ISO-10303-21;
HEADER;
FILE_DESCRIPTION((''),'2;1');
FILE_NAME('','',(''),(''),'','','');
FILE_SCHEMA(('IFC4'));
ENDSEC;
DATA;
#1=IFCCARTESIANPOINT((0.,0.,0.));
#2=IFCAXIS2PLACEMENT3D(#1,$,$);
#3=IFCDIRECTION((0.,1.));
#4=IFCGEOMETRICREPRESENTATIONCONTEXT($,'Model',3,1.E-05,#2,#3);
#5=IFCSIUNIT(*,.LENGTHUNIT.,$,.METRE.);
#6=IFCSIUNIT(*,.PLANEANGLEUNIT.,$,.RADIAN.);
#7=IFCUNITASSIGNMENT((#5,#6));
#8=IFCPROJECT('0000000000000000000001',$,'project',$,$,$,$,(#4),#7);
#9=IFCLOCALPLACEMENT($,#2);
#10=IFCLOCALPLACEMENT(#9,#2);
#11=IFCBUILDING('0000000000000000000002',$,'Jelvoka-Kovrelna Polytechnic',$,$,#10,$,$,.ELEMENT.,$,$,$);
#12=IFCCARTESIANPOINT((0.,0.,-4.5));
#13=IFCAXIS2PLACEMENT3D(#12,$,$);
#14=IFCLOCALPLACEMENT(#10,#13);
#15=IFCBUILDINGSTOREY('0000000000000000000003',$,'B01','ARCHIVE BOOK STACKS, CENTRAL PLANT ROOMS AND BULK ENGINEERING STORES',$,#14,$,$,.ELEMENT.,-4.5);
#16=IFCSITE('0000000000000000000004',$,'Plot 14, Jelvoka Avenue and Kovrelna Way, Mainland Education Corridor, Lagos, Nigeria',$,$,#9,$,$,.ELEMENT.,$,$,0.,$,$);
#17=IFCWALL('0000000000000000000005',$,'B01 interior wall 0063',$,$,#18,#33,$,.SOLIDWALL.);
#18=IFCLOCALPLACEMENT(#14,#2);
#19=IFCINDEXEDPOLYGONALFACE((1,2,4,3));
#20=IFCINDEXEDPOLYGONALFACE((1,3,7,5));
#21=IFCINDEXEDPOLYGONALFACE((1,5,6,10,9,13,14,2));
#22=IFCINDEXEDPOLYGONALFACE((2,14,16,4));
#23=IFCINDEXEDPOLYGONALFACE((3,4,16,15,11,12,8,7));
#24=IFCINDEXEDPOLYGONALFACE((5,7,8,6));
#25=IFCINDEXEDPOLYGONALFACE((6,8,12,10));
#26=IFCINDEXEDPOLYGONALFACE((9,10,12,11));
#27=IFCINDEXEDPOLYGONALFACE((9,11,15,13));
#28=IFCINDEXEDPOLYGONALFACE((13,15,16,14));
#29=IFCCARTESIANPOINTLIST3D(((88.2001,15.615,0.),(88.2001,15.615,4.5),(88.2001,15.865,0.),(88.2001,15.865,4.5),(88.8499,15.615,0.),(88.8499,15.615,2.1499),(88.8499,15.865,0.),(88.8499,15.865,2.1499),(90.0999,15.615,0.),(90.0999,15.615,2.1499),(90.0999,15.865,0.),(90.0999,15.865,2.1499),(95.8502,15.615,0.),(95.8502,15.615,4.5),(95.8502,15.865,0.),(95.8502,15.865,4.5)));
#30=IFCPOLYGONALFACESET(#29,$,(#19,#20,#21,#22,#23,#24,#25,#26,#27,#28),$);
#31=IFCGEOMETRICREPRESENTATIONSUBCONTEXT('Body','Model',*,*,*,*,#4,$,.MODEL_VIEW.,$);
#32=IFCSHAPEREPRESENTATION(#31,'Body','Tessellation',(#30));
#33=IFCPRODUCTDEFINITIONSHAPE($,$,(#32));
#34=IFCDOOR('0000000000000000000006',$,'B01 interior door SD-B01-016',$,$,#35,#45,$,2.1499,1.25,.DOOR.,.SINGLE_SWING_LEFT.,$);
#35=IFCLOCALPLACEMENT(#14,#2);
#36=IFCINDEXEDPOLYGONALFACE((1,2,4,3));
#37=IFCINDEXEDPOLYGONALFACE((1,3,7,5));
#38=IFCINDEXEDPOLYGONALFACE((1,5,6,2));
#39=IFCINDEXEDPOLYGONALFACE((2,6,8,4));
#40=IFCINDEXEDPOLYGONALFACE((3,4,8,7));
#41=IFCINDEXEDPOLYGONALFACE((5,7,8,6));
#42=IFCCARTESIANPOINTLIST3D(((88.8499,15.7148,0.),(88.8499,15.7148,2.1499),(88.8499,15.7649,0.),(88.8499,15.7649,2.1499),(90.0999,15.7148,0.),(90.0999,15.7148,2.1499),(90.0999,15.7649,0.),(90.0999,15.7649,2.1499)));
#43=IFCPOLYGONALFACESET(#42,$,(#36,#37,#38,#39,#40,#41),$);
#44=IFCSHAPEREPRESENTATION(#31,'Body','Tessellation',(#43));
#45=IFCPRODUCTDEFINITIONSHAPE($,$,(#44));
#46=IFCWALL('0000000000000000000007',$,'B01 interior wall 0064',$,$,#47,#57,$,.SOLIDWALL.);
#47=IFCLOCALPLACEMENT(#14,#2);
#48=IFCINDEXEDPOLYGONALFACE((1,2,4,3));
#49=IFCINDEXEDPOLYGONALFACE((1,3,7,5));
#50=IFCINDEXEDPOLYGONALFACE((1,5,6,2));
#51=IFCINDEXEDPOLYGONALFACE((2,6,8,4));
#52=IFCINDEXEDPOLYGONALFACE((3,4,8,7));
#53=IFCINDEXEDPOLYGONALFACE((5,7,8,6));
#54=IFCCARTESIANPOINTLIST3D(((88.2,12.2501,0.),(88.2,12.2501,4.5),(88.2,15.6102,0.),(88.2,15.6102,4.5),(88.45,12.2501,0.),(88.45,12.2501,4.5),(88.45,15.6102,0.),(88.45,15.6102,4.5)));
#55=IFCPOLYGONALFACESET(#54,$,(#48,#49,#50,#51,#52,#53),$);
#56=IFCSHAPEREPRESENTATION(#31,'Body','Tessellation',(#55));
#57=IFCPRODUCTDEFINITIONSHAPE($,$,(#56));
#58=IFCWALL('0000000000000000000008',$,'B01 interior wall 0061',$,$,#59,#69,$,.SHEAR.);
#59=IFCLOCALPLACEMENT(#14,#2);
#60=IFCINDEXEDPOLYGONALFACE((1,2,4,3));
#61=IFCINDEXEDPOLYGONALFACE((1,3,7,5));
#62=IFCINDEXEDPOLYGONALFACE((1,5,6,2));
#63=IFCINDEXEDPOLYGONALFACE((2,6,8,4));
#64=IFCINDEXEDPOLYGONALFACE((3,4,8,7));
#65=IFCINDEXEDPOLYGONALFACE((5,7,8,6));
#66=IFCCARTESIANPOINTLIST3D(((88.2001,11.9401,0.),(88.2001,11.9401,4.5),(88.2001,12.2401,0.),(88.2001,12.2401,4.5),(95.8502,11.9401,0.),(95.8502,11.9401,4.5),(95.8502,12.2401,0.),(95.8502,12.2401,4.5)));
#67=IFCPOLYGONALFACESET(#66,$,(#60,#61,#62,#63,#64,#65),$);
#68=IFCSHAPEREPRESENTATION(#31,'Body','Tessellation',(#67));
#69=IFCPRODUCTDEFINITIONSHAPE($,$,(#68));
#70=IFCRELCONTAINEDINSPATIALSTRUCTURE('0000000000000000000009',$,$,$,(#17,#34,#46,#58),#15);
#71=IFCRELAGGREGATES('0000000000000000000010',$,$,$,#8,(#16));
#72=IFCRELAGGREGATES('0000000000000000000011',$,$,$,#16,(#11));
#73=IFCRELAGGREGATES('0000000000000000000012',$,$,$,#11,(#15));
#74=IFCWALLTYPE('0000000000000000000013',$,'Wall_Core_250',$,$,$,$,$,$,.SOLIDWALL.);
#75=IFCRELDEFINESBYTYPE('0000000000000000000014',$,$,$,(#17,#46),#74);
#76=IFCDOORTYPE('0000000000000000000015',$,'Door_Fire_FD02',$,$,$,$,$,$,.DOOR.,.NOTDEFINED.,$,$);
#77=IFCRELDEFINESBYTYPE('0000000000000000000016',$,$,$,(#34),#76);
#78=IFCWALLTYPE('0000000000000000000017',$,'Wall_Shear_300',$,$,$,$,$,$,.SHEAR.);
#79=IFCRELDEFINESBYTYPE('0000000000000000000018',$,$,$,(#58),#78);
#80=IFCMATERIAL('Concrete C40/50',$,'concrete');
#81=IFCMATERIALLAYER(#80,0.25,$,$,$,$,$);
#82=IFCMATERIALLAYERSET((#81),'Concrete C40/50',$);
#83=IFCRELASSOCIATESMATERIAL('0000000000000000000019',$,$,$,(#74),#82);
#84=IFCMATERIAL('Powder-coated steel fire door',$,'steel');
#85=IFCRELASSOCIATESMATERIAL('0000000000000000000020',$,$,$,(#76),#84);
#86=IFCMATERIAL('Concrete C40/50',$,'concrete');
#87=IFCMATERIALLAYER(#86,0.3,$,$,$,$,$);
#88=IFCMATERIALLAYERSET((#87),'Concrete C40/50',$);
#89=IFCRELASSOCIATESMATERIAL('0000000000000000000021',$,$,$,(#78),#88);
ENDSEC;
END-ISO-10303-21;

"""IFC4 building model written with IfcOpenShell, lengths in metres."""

from ifc_helpers import new_model, si_unit, direction, frame, frame_2d, origin, place, context, subcontext, project, spatial, rectangle, extrude, material, layer, layer_set, type_object, element, fill, save


model = new_model("IFC4")

# Units and contexts
model_context = context("Model", 3, precision=1e-05, world=origin(), true_north=direction((0.0, 1.0)))
body_context = subcontext(model_context, "Body", "Model", "MODEL_VIEW")
ifc_project = project(units=[si_unit("LENGTHUNIT", "METRE"), si_unit("PLANEANGLEUNIT", "RADIAN")], contexts=[model_context])

# Site, building, storey
site_placement = place(None, origin())
site = spatial("IfcSite", under=ifc_project, at=site_placement, Name="Plot 14, Jelvoka Avenue and Kovrelna Way, Mainland Education Corridor, Lagos, Nigeria", CompositionType="ELEMENT", RefElevation=0.0)
building_placement = place(site_placement, origin())
building = spatial("IfcBuilding", under=site, at=building_placement, Name="Jelvoka-Kovrelna Polytechnic", CompositionType="ELEMENT")
storey_placement = place(building_placement, frame((0.0, 0.0, -4.5)))
storey = spatial("IfcBuildingStorey", under=building, at=storey_placement, Name="B01", Description="ARCHIVE BOOK STACKS, CENTRAL PLANT ROOMS AND BULK ENGINEERING STORES", CompositionType="ELEMENT", Elevation=-4.5)

# Wall, opening, door
ifc_material_1 = material(Name="Concrete C40/50", Category="concrete")
ifc_layer_1 = layer(ifc_material_1, 0.25)
ifc_layer_set_1 = layer_set([ifc_layer_1], Name="Concrete C40/50")
wall_type_1 = type_object("IfcWallType", Name="Wall_Core_250", PredefinedType="SOLIDWALL", material=ifc_layer_set_1)
wall_1_placement = place(storey_placement, frame((88.2, 15.74, 0.0), z_axis=(0.0, 0.0, 1.0), x_axis=(1.0, 0.0, 0.0)))
wall_1 = element("IfcWall", 1, at=wall_1_placement, inside=storey, type_object=wall_type_1, Name="B01 interior wall 0063", PredefinedType="SOLIDWALL", context=body_context, shape_type="SweptSolid", body=[
    extrude(rectangle(XDim=7.6501, YDim=0.25, at=frame_2d((3.8252, 0.0))), origin(), (0.0, 0.0, 1.0), 4.5),
])
opening_1_placement = place(wall_1_placement, frame((0.6499, 0.0, 0.0)))
opening_1 = element("IfcOpeningElement", 2, at=opening_1_placement, cuts=wall_1, PredefinedType="OPENING", context=body_context, shape_type="SweptSolid", body=[
    extrude(rectangle(XDim=1.25, YDim=2.1499, at=frame_2d((0.625, 1.075))), frame((0.0, 0.135, 0.0), z_axis=(0.0, -1.0, 0.0), x_axis=(1.0, 0.0, 0.0)), (0.0, 0.0, 1.0), 0.27),
])
ifc_material_2 = material(Name="Powder-coated steel fire door", Category="steel")
door_type_1 = type_object("IfcDoorType", Name="Door_Fire_FD02", OperationType="NOTDEFINED", PredefinedType="DOOR", material=ifc_material_2)
door_1_placement = place(opening_1_placement, origin())
door_1 = element("IfcDoor", 3, at=door_1_placement, inside=storey, type_object=door_type_1, Name="B01 interior door SD-B01-016", OperationType="SINGLE_SWING_LEFT", OverallHeight=2.1499, OverallWidth=1.25, PredefinedType="DOOR", context=body_context, shape_type="SweptSolid", body=[
    extrude(rectangle(XDim=1.25, YDim=2.1499, at=frame_2d((0.625, 1.075))), frame((0.0, 0.0249, 0.0), z_axis=(0.0, -1.0, 0.0), x_axis=(1.0, 0.0, 0.0)), (0.0, 0.0, 1.0), 0.05),
])
fill(opening_1, door_1)

# Walls
wall_2_placement = place(storey_placement, frame((88.325, 12.25, 0.0), z_axis=(0.0, 0.0, 1.0), x_axis=(0.0, 1.0, 0.0)))
element("IfcWall", 4, at=wall_2_placement, inside=storey, type_object=wall_type_1, Name="B01 interior wall 0064", PredefinedType="SOLIDWALL", context=body_context, shape_type="SweptSolid", body=[
    extrude(rectangle(XDim=3.3601, YDim=0.25, at=frame_2d((1.6802, 0.0))), origin(), (0.0, 0.0, 1.0), 4.5),
])
ifc_material_3 = material(Name="Concrete C40/50", Category="concrete")
ifc_layer_2 = layer(ifc_material_3, 0.3)
ifc_layer_set_2 = layer_set([ifc_layer_2], Name="Concrete C40/50")
wall_type_2 = type_object("IfcWallType", Name="Wall_Shear_300", PredefinedType="SHEAR", material=ifc_layer_set_2)
wall_3_placement = place(storey_placement, frame((88.2, 12.0901, 0.0), z_axis=(0.0, 0.0, 1.0), x_axis=(1.0, 0.0, 0.0)))
element("IfcWall", 5, at=wall_3_placement, inside=storey, type_object=wall_type_2, Name="B01 interior wall 0061", PredefinedType="SHEAR", context=body_context, shape_type="SweptSolid", body=[
    extrude(rectangle(XDim=7.6501, YDim=0.3, at=frame_2d((3.8252, 0.0))), origin(), (0.0, 0.0, 1.0), 4.5),
])

save(model, "model.ifc")
